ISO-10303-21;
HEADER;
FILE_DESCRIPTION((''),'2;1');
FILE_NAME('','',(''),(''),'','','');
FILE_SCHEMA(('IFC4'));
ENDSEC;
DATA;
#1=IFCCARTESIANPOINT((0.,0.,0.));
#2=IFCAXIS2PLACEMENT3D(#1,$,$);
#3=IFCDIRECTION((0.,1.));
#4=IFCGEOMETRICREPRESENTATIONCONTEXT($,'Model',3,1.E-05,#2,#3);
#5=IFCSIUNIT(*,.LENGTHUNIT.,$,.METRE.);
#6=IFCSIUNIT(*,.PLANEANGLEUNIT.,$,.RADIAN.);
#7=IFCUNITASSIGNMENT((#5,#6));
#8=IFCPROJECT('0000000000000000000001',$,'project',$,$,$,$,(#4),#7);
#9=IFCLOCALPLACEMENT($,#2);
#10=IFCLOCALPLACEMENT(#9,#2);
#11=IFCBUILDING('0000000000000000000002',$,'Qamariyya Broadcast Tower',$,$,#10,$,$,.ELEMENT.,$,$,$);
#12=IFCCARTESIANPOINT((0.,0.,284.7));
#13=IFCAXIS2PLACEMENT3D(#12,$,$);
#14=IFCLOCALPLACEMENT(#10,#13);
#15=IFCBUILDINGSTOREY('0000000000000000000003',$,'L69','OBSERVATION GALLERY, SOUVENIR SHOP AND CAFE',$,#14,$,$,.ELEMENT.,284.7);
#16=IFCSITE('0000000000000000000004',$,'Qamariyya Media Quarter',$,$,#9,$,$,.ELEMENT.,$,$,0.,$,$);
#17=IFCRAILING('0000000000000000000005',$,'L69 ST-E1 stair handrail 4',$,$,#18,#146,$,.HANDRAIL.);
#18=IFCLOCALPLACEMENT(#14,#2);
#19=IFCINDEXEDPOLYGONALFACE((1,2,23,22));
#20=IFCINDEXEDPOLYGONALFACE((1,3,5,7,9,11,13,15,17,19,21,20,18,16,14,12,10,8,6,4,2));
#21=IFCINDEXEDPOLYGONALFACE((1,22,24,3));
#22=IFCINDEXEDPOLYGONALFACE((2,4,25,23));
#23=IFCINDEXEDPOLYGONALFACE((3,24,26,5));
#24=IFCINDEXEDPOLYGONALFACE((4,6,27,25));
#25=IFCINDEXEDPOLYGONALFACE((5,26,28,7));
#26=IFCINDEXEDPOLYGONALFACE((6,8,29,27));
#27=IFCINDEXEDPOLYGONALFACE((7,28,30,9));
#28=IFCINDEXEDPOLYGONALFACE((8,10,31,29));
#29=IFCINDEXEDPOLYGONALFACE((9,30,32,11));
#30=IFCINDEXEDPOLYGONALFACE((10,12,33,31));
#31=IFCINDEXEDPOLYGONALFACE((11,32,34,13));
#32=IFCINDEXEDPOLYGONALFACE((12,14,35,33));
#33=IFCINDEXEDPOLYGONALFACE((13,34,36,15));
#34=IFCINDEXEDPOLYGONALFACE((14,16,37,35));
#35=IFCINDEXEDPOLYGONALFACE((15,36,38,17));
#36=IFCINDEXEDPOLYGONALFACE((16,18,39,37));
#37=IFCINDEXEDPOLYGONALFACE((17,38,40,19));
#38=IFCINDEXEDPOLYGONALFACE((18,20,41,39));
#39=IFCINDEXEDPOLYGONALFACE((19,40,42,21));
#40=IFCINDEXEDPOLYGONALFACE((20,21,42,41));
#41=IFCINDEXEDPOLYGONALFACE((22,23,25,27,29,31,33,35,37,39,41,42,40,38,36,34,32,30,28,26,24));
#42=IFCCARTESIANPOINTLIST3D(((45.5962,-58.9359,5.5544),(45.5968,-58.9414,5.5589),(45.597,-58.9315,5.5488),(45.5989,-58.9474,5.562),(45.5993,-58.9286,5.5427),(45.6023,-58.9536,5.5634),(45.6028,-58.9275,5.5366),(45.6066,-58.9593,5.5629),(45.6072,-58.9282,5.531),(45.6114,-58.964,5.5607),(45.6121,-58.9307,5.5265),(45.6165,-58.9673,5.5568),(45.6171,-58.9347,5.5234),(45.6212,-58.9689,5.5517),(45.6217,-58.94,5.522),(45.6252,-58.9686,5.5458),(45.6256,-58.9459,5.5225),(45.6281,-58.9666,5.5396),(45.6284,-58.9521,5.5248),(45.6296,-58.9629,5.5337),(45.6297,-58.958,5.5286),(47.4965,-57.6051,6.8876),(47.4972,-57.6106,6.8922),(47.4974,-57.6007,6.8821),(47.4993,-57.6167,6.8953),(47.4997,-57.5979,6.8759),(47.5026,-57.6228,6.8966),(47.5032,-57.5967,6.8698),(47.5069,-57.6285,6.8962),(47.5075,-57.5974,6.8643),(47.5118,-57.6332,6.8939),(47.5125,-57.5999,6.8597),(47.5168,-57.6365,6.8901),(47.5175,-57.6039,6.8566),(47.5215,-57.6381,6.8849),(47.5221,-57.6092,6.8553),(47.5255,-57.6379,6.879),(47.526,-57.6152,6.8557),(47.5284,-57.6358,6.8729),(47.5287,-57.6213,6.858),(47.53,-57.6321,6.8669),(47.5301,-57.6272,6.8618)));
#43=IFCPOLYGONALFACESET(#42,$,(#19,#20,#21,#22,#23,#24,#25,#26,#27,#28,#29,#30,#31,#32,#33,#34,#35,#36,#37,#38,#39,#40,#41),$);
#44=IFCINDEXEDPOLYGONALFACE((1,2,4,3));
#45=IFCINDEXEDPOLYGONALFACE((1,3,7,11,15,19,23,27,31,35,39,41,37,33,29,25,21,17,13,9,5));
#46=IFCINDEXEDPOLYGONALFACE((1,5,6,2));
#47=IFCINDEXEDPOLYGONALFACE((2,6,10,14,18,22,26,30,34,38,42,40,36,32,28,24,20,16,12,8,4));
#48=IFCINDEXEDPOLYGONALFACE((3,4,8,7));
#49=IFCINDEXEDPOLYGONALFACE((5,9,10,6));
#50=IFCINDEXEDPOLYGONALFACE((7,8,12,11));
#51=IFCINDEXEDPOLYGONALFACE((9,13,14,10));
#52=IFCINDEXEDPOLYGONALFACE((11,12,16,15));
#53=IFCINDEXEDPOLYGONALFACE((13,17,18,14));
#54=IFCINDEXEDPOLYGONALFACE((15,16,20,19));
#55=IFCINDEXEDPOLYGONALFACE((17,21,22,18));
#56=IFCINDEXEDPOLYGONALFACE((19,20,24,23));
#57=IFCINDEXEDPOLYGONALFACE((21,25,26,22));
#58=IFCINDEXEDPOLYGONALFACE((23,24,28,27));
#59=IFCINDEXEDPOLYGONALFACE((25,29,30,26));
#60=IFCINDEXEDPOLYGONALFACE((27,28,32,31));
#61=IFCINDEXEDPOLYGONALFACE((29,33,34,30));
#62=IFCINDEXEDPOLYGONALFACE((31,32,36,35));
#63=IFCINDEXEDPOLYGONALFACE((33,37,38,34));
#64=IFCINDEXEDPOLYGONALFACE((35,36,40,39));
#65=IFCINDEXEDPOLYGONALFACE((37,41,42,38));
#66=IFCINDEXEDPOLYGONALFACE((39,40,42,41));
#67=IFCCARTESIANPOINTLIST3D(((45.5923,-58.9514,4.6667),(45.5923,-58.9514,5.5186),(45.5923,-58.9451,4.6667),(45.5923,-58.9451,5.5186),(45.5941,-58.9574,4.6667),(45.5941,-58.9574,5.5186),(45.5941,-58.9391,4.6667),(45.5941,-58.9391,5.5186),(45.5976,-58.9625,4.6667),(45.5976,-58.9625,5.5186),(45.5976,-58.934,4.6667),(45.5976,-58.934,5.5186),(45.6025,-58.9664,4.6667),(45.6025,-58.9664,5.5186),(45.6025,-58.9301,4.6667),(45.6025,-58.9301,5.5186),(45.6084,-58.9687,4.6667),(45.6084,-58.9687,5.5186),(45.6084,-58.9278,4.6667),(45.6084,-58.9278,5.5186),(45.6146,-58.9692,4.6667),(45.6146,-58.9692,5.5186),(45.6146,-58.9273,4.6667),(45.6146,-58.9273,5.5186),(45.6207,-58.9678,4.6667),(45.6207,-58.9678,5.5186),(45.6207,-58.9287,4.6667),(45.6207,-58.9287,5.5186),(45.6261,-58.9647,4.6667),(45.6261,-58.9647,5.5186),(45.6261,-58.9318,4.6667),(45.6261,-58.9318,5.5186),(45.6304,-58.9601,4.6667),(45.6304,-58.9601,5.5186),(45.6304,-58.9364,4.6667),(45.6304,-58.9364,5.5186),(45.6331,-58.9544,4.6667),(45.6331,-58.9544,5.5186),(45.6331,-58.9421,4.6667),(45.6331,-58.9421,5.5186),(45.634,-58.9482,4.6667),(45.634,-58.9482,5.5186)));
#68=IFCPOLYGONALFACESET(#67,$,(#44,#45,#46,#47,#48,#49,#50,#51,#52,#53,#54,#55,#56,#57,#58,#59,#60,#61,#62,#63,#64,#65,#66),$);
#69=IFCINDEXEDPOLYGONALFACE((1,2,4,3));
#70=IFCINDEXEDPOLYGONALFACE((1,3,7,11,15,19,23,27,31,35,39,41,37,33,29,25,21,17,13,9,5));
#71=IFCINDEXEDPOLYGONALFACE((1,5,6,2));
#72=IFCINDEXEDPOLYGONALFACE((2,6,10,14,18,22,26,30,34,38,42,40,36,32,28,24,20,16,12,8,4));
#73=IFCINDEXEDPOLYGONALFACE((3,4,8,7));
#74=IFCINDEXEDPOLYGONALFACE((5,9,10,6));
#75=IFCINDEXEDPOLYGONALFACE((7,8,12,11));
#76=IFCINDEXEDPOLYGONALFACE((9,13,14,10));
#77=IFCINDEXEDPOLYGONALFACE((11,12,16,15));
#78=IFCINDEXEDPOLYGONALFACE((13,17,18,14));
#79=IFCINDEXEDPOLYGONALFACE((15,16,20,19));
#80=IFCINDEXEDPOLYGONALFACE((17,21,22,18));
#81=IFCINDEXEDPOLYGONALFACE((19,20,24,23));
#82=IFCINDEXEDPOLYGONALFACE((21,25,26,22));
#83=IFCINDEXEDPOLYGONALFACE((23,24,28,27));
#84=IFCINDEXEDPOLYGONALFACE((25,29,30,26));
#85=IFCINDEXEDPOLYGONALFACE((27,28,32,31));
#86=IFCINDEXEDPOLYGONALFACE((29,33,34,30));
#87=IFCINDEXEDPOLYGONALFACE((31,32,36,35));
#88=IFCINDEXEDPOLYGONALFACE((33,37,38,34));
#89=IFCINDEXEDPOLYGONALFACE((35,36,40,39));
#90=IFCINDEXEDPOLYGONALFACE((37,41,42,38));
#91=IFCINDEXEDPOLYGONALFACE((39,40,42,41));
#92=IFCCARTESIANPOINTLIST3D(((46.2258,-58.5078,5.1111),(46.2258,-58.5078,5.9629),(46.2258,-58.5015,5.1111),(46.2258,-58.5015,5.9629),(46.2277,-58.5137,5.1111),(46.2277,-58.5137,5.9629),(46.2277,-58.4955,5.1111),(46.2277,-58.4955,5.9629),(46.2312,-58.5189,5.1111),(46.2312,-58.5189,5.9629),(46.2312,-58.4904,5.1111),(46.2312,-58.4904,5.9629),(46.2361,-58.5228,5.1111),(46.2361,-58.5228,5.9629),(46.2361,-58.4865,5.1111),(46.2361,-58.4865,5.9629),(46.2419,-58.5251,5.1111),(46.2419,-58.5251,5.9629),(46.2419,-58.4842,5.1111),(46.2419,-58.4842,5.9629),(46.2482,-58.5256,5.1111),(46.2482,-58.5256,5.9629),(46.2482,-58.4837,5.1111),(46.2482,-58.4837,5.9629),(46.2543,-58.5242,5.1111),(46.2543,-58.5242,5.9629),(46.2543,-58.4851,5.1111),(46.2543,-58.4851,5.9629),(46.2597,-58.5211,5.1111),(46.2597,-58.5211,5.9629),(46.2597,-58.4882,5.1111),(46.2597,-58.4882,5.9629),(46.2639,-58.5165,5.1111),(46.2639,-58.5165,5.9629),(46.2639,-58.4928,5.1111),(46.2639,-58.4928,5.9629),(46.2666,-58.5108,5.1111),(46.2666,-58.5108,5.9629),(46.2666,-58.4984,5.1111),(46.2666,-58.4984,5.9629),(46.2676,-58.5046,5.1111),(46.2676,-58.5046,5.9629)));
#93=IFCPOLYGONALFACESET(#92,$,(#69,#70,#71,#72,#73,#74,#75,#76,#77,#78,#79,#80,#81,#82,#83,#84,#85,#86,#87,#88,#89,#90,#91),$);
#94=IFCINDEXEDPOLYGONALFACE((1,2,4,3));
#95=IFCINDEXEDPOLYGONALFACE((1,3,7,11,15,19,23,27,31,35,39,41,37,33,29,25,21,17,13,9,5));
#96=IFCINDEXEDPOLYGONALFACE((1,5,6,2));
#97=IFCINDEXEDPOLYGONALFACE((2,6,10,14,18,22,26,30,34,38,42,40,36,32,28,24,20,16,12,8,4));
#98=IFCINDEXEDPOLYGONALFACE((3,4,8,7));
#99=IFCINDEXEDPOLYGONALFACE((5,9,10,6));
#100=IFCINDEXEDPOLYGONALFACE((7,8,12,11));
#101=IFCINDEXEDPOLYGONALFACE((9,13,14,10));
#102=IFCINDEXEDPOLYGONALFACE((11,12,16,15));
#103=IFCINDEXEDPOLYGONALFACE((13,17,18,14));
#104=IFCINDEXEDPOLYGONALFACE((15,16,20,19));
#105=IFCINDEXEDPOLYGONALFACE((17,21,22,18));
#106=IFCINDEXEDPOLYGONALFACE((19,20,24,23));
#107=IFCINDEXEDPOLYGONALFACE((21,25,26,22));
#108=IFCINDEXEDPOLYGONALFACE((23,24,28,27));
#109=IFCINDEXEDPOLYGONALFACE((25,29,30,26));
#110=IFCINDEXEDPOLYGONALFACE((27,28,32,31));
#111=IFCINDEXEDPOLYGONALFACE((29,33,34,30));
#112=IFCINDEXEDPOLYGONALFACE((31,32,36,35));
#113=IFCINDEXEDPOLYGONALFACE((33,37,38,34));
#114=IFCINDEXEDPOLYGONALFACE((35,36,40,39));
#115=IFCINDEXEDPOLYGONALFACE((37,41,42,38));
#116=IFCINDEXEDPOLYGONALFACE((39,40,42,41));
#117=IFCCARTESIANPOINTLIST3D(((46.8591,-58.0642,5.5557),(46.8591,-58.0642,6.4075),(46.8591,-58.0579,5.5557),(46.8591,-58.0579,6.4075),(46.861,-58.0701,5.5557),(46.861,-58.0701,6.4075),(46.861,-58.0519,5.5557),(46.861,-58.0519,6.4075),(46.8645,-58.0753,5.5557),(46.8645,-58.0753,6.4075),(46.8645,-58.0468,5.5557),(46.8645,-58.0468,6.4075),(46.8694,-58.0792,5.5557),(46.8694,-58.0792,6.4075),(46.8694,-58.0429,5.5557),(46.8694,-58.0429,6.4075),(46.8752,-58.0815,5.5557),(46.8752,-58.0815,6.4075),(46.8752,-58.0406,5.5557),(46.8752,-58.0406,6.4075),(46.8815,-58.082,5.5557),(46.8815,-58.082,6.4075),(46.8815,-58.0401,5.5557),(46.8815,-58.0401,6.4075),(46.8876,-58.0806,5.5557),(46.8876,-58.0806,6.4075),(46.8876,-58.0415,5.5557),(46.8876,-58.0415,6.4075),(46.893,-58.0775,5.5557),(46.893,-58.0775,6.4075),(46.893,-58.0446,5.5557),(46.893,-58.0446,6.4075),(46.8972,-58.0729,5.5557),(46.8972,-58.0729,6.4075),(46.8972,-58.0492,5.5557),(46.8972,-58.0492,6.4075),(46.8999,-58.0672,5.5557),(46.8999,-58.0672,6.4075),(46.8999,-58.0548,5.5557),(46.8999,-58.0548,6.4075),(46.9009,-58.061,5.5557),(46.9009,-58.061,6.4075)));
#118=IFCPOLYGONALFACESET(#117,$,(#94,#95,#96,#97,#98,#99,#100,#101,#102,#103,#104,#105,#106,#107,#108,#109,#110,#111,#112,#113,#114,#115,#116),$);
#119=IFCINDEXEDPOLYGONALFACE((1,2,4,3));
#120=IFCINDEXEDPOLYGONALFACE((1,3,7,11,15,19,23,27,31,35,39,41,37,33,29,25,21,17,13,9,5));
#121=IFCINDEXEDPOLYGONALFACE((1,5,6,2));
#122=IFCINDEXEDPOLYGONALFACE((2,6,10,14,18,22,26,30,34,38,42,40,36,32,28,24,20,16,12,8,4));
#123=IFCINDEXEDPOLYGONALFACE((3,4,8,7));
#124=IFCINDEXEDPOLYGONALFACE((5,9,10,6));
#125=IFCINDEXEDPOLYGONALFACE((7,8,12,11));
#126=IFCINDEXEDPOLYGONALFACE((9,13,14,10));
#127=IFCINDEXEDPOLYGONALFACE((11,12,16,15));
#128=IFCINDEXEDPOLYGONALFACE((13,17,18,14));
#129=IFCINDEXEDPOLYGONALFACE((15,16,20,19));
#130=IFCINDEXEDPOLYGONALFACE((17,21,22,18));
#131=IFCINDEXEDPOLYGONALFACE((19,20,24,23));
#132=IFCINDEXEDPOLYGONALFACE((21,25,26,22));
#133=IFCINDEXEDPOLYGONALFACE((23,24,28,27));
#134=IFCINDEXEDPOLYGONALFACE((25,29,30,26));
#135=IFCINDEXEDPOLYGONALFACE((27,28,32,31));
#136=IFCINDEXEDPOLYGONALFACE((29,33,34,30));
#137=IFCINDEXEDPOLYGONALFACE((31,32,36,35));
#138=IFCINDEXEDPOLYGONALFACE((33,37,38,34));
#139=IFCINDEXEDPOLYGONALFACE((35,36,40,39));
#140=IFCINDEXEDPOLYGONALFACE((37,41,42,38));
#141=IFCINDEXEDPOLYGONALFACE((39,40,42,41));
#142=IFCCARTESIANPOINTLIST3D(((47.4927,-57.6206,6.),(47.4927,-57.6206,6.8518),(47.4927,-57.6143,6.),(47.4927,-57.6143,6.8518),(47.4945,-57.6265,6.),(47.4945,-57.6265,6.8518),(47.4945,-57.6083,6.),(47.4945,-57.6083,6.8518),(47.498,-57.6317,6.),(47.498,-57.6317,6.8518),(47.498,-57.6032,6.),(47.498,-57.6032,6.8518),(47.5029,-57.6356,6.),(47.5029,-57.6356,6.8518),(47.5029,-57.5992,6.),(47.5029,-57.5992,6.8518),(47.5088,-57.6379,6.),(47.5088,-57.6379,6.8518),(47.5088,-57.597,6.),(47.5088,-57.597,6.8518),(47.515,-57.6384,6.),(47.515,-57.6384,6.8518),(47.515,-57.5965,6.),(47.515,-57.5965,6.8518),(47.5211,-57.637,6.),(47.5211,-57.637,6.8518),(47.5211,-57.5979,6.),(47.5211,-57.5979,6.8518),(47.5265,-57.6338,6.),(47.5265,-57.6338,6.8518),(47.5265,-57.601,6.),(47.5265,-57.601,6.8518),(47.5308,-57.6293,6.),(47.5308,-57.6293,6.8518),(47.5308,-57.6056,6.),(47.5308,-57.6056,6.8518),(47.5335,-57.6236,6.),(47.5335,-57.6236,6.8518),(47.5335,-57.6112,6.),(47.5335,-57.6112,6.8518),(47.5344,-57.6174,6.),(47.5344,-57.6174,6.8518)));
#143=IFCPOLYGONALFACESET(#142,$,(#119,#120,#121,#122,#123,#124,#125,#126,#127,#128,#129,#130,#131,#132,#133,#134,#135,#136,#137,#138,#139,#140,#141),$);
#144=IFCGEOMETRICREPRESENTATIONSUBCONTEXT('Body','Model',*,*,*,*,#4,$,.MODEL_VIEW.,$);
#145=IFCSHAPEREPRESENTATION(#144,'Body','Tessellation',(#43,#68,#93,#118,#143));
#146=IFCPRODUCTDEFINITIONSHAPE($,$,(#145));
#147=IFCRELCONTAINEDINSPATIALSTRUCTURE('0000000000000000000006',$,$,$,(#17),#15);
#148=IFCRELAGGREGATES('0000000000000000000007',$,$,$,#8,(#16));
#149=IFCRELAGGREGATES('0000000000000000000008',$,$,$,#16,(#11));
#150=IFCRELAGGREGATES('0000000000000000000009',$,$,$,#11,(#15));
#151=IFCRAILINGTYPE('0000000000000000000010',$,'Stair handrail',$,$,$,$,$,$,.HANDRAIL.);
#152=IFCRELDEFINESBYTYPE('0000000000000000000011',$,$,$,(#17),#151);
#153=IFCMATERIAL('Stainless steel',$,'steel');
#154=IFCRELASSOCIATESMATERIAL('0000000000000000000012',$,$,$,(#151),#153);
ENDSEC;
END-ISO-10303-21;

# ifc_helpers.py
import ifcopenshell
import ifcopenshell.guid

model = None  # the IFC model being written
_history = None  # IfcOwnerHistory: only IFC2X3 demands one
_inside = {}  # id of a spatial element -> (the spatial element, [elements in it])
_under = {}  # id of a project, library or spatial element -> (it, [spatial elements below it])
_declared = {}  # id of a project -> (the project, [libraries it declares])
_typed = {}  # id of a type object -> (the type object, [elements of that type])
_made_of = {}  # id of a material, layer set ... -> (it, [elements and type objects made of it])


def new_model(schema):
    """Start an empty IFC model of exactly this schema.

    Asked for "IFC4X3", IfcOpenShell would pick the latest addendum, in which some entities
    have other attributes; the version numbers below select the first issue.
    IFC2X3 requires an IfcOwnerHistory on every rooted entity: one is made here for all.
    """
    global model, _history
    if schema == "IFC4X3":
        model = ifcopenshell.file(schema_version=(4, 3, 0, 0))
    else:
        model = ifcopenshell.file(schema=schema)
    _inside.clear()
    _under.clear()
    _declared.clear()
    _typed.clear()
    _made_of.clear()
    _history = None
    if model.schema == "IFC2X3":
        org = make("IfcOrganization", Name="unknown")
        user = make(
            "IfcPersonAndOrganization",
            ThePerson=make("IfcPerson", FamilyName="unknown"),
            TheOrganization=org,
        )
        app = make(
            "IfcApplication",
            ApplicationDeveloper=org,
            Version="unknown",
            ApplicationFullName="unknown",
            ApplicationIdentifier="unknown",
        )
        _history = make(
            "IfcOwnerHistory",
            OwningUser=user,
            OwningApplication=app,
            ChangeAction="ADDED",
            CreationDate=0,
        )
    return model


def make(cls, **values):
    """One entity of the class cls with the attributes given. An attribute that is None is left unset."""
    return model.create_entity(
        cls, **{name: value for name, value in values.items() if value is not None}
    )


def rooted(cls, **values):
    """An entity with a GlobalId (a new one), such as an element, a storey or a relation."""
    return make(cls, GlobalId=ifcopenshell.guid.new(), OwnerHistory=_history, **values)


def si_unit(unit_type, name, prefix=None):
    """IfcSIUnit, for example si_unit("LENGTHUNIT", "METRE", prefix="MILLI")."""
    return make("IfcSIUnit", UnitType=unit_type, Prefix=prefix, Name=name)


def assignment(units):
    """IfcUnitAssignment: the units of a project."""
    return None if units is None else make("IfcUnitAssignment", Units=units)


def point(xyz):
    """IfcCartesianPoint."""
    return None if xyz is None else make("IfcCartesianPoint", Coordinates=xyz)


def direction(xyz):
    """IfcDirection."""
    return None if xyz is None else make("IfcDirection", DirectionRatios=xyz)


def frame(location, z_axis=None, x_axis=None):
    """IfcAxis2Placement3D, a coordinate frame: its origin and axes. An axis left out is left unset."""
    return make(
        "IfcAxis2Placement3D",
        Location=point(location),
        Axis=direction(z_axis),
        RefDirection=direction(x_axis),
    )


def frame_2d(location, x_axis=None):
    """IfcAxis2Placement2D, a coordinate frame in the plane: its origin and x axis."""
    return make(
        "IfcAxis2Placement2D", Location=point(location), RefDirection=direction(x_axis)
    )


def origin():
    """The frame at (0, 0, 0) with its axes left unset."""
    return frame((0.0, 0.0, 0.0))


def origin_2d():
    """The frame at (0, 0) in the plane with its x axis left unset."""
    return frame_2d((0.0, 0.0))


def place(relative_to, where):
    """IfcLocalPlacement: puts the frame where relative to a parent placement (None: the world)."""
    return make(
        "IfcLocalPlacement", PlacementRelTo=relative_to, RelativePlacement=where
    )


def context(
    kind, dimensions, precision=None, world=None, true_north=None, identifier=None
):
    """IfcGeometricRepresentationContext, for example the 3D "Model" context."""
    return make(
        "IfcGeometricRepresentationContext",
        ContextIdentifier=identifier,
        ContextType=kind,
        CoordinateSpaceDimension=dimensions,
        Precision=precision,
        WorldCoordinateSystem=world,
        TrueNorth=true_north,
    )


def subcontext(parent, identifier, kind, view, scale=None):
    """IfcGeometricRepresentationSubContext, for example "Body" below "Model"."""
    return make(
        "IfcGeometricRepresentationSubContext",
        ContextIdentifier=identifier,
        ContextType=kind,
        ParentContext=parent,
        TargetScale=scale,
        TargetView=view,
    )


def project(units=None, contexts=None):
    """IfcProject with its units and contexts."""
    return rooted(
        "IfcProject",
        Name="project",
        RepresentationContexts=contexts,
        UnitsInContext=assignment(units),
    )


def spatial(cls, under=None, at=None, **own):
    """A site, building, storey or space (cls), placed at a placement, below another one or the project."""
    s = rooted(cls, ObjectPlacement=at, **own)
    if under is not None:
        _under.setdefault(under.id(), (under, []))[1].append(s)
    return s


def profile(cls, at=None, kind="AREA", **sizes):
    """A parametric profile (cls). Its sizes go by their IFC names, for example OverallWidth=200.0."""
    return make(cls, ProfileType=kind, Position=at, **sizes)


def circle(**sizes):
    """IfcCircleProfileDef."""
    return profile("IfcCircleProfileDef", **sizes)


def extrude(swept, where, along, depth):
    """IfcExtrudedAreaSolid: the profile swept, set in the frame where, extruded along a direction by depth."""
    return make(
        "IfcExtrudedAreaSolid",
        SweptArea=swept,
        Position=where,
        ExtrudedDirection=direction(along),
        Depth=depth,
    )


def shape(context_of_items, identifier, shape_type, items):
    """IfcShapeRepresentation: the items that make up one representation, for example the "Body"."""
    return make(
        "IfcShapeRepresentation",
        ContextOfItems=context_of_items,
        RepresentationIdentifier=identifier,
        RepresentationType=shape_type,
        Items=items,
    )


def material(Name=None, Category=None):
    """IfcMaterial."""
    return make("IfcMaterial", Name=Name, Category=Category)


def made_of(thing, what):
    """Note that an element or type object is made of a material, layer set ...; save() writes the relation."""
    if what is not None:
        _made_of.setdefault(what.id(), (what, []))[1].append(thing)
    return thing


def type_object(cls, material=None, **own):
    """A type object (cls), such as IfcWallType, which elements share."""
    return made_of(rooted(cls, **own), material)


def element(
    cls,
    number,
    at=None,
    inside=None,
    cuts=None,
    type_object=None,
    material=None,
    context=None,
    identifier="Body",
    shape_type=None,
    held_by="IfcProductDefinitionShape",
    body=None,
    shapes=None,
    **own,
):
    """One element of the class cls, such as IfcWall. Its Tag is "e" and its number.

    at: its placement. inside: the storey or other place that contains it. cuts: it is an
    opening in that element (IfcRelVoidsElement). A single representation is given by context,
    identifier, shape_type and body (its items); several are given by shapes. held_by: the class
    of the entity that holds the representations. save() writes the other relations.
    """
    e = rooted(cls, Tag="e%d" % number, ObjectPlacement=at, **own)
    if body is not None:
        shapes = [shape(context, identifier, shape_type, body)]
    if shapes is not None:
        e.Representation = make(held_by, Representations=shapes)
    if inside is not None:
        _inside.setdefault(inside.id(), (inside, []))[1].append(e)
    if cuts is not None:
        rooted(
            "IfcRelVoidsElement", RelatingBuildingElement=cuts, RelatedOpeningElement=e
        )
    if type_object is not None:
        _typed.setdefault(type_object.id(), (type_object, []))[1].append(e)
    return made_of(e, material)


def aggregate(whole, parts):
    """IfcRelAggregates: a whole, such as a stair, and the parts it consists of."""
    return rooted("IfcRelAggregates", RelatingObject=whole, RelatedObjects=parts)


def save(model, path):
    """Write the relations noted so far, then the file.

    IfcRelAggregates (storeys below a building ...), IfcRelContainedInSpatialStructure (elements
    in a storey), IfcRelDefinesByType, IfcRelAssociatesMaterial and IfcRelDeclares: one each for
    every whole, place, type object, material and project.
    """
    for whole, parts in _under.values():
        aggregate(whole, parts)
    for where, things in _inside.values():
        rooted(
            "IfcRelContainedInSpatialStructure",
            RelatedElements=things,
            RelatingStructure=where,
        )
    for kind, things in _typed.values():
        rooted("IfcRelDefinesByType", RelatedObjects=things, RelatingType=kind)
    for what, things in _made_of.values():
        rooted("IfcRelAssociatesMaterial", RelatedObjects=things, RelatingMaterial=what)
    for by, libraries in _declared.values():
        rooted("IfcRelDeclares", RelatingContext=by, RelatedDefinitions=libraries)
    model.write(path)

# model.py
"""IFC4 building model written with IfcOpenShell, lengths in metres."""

from ifc_helpers import new_model, si_unit, direction, frame, origin, origin_2d, place, context, subcontext, project, spatial, circle, extrude, material, type_object, element, save


model = new_model("IFC4")

# Units and contexts
model_context = context("Model", 3, precision=1e-05, world=origin(), true_north=direction((0.0, 1.0)))
body_context = subcontext(model_context, "Body", "Model", "MODEL_VIEW")
ifc_project = project(units=[si_unit("LENGTHUNIT", "METRE"), si_unit("PLANEANGLEUNIT", "RADIAN")], contexts=[model_context])

# Site, building, storey
site_placement = place(None, origin())
site = spatial("IfcSite", under=ifc_project, at=site_placement, Name="Qamariyya Media Quarter", CompositionType="ELEMENT", RefElevation=0.0)
building_placement = place(site_placement, origin())
building = spatial("IfcBuilding", under=site, at=building_placement, Name="Qamariyya Broadcast Tower", CompositionType="ELEMENT")
storey_placement = place(building_placement, frame((0.0, 0.0, 284.7)))
storey = spatial("IfcBuildingStorey", under=building, at=storey_placement, Name="L69", Description="OBSERVATION GALLERY, SOUVENIR SHOP AND CAFE", CompositionType="ELEMENT", Elevation=284.7)

# Railing
ifc_material_1 = material(Name="Stainless steel", Category="steel")
railing_type_1 = type_object("IfcRailingType", Name="Stair handrail", PredefinedType="HANDRAIL", material=ifc_material_1)
for number, where, name in (
    (1, (45.613, -58.9482, 4.6667), "L69 ST-E1 stair handrail 4"),
):
    element("IfcRailing", number, at=place(storey_placement, frame(where)), inside=storey, type_object=railing_type_1, Name=name, PredefinedType="HANDRAIL", context=body_context, shape_type="SweptSolid", body=[
        extrude(circle(Radius=0.0239, at=origin_2d()), frame((0.0, 0.0, 0.876), z_axis=(0.710204, 0.497344, 0.498256), x_axis=(-0.573618, 0.819123, 0.0)), (0.0, 0.0, 1.0), 2.6758),
        extrude(circle(Radius=0.021, at=origin_2d()), origin(), (0.0, 0.0, 1.0), 0.8518),
        extrude(circle(Radius=0.021, at=origin_2d()), frame((0.6335, 0.4436, 0.4443)), (0.0, 0.0, 1.0), 0.8518),
        extrude(circle(Radius=0.021, at=origin_2d()), frame((1.2668, 0.8872, 0.8889)), (0.0, 0.0, 1.0), 0.8518),
        extrude(circle(Radius=0.021, at=origin_2d()), frame((1.9004, 1.3308, 1.3333)), (0.0, 0.0, 1.0), 0.8518),
    ])

save(model, "model.ifc")
